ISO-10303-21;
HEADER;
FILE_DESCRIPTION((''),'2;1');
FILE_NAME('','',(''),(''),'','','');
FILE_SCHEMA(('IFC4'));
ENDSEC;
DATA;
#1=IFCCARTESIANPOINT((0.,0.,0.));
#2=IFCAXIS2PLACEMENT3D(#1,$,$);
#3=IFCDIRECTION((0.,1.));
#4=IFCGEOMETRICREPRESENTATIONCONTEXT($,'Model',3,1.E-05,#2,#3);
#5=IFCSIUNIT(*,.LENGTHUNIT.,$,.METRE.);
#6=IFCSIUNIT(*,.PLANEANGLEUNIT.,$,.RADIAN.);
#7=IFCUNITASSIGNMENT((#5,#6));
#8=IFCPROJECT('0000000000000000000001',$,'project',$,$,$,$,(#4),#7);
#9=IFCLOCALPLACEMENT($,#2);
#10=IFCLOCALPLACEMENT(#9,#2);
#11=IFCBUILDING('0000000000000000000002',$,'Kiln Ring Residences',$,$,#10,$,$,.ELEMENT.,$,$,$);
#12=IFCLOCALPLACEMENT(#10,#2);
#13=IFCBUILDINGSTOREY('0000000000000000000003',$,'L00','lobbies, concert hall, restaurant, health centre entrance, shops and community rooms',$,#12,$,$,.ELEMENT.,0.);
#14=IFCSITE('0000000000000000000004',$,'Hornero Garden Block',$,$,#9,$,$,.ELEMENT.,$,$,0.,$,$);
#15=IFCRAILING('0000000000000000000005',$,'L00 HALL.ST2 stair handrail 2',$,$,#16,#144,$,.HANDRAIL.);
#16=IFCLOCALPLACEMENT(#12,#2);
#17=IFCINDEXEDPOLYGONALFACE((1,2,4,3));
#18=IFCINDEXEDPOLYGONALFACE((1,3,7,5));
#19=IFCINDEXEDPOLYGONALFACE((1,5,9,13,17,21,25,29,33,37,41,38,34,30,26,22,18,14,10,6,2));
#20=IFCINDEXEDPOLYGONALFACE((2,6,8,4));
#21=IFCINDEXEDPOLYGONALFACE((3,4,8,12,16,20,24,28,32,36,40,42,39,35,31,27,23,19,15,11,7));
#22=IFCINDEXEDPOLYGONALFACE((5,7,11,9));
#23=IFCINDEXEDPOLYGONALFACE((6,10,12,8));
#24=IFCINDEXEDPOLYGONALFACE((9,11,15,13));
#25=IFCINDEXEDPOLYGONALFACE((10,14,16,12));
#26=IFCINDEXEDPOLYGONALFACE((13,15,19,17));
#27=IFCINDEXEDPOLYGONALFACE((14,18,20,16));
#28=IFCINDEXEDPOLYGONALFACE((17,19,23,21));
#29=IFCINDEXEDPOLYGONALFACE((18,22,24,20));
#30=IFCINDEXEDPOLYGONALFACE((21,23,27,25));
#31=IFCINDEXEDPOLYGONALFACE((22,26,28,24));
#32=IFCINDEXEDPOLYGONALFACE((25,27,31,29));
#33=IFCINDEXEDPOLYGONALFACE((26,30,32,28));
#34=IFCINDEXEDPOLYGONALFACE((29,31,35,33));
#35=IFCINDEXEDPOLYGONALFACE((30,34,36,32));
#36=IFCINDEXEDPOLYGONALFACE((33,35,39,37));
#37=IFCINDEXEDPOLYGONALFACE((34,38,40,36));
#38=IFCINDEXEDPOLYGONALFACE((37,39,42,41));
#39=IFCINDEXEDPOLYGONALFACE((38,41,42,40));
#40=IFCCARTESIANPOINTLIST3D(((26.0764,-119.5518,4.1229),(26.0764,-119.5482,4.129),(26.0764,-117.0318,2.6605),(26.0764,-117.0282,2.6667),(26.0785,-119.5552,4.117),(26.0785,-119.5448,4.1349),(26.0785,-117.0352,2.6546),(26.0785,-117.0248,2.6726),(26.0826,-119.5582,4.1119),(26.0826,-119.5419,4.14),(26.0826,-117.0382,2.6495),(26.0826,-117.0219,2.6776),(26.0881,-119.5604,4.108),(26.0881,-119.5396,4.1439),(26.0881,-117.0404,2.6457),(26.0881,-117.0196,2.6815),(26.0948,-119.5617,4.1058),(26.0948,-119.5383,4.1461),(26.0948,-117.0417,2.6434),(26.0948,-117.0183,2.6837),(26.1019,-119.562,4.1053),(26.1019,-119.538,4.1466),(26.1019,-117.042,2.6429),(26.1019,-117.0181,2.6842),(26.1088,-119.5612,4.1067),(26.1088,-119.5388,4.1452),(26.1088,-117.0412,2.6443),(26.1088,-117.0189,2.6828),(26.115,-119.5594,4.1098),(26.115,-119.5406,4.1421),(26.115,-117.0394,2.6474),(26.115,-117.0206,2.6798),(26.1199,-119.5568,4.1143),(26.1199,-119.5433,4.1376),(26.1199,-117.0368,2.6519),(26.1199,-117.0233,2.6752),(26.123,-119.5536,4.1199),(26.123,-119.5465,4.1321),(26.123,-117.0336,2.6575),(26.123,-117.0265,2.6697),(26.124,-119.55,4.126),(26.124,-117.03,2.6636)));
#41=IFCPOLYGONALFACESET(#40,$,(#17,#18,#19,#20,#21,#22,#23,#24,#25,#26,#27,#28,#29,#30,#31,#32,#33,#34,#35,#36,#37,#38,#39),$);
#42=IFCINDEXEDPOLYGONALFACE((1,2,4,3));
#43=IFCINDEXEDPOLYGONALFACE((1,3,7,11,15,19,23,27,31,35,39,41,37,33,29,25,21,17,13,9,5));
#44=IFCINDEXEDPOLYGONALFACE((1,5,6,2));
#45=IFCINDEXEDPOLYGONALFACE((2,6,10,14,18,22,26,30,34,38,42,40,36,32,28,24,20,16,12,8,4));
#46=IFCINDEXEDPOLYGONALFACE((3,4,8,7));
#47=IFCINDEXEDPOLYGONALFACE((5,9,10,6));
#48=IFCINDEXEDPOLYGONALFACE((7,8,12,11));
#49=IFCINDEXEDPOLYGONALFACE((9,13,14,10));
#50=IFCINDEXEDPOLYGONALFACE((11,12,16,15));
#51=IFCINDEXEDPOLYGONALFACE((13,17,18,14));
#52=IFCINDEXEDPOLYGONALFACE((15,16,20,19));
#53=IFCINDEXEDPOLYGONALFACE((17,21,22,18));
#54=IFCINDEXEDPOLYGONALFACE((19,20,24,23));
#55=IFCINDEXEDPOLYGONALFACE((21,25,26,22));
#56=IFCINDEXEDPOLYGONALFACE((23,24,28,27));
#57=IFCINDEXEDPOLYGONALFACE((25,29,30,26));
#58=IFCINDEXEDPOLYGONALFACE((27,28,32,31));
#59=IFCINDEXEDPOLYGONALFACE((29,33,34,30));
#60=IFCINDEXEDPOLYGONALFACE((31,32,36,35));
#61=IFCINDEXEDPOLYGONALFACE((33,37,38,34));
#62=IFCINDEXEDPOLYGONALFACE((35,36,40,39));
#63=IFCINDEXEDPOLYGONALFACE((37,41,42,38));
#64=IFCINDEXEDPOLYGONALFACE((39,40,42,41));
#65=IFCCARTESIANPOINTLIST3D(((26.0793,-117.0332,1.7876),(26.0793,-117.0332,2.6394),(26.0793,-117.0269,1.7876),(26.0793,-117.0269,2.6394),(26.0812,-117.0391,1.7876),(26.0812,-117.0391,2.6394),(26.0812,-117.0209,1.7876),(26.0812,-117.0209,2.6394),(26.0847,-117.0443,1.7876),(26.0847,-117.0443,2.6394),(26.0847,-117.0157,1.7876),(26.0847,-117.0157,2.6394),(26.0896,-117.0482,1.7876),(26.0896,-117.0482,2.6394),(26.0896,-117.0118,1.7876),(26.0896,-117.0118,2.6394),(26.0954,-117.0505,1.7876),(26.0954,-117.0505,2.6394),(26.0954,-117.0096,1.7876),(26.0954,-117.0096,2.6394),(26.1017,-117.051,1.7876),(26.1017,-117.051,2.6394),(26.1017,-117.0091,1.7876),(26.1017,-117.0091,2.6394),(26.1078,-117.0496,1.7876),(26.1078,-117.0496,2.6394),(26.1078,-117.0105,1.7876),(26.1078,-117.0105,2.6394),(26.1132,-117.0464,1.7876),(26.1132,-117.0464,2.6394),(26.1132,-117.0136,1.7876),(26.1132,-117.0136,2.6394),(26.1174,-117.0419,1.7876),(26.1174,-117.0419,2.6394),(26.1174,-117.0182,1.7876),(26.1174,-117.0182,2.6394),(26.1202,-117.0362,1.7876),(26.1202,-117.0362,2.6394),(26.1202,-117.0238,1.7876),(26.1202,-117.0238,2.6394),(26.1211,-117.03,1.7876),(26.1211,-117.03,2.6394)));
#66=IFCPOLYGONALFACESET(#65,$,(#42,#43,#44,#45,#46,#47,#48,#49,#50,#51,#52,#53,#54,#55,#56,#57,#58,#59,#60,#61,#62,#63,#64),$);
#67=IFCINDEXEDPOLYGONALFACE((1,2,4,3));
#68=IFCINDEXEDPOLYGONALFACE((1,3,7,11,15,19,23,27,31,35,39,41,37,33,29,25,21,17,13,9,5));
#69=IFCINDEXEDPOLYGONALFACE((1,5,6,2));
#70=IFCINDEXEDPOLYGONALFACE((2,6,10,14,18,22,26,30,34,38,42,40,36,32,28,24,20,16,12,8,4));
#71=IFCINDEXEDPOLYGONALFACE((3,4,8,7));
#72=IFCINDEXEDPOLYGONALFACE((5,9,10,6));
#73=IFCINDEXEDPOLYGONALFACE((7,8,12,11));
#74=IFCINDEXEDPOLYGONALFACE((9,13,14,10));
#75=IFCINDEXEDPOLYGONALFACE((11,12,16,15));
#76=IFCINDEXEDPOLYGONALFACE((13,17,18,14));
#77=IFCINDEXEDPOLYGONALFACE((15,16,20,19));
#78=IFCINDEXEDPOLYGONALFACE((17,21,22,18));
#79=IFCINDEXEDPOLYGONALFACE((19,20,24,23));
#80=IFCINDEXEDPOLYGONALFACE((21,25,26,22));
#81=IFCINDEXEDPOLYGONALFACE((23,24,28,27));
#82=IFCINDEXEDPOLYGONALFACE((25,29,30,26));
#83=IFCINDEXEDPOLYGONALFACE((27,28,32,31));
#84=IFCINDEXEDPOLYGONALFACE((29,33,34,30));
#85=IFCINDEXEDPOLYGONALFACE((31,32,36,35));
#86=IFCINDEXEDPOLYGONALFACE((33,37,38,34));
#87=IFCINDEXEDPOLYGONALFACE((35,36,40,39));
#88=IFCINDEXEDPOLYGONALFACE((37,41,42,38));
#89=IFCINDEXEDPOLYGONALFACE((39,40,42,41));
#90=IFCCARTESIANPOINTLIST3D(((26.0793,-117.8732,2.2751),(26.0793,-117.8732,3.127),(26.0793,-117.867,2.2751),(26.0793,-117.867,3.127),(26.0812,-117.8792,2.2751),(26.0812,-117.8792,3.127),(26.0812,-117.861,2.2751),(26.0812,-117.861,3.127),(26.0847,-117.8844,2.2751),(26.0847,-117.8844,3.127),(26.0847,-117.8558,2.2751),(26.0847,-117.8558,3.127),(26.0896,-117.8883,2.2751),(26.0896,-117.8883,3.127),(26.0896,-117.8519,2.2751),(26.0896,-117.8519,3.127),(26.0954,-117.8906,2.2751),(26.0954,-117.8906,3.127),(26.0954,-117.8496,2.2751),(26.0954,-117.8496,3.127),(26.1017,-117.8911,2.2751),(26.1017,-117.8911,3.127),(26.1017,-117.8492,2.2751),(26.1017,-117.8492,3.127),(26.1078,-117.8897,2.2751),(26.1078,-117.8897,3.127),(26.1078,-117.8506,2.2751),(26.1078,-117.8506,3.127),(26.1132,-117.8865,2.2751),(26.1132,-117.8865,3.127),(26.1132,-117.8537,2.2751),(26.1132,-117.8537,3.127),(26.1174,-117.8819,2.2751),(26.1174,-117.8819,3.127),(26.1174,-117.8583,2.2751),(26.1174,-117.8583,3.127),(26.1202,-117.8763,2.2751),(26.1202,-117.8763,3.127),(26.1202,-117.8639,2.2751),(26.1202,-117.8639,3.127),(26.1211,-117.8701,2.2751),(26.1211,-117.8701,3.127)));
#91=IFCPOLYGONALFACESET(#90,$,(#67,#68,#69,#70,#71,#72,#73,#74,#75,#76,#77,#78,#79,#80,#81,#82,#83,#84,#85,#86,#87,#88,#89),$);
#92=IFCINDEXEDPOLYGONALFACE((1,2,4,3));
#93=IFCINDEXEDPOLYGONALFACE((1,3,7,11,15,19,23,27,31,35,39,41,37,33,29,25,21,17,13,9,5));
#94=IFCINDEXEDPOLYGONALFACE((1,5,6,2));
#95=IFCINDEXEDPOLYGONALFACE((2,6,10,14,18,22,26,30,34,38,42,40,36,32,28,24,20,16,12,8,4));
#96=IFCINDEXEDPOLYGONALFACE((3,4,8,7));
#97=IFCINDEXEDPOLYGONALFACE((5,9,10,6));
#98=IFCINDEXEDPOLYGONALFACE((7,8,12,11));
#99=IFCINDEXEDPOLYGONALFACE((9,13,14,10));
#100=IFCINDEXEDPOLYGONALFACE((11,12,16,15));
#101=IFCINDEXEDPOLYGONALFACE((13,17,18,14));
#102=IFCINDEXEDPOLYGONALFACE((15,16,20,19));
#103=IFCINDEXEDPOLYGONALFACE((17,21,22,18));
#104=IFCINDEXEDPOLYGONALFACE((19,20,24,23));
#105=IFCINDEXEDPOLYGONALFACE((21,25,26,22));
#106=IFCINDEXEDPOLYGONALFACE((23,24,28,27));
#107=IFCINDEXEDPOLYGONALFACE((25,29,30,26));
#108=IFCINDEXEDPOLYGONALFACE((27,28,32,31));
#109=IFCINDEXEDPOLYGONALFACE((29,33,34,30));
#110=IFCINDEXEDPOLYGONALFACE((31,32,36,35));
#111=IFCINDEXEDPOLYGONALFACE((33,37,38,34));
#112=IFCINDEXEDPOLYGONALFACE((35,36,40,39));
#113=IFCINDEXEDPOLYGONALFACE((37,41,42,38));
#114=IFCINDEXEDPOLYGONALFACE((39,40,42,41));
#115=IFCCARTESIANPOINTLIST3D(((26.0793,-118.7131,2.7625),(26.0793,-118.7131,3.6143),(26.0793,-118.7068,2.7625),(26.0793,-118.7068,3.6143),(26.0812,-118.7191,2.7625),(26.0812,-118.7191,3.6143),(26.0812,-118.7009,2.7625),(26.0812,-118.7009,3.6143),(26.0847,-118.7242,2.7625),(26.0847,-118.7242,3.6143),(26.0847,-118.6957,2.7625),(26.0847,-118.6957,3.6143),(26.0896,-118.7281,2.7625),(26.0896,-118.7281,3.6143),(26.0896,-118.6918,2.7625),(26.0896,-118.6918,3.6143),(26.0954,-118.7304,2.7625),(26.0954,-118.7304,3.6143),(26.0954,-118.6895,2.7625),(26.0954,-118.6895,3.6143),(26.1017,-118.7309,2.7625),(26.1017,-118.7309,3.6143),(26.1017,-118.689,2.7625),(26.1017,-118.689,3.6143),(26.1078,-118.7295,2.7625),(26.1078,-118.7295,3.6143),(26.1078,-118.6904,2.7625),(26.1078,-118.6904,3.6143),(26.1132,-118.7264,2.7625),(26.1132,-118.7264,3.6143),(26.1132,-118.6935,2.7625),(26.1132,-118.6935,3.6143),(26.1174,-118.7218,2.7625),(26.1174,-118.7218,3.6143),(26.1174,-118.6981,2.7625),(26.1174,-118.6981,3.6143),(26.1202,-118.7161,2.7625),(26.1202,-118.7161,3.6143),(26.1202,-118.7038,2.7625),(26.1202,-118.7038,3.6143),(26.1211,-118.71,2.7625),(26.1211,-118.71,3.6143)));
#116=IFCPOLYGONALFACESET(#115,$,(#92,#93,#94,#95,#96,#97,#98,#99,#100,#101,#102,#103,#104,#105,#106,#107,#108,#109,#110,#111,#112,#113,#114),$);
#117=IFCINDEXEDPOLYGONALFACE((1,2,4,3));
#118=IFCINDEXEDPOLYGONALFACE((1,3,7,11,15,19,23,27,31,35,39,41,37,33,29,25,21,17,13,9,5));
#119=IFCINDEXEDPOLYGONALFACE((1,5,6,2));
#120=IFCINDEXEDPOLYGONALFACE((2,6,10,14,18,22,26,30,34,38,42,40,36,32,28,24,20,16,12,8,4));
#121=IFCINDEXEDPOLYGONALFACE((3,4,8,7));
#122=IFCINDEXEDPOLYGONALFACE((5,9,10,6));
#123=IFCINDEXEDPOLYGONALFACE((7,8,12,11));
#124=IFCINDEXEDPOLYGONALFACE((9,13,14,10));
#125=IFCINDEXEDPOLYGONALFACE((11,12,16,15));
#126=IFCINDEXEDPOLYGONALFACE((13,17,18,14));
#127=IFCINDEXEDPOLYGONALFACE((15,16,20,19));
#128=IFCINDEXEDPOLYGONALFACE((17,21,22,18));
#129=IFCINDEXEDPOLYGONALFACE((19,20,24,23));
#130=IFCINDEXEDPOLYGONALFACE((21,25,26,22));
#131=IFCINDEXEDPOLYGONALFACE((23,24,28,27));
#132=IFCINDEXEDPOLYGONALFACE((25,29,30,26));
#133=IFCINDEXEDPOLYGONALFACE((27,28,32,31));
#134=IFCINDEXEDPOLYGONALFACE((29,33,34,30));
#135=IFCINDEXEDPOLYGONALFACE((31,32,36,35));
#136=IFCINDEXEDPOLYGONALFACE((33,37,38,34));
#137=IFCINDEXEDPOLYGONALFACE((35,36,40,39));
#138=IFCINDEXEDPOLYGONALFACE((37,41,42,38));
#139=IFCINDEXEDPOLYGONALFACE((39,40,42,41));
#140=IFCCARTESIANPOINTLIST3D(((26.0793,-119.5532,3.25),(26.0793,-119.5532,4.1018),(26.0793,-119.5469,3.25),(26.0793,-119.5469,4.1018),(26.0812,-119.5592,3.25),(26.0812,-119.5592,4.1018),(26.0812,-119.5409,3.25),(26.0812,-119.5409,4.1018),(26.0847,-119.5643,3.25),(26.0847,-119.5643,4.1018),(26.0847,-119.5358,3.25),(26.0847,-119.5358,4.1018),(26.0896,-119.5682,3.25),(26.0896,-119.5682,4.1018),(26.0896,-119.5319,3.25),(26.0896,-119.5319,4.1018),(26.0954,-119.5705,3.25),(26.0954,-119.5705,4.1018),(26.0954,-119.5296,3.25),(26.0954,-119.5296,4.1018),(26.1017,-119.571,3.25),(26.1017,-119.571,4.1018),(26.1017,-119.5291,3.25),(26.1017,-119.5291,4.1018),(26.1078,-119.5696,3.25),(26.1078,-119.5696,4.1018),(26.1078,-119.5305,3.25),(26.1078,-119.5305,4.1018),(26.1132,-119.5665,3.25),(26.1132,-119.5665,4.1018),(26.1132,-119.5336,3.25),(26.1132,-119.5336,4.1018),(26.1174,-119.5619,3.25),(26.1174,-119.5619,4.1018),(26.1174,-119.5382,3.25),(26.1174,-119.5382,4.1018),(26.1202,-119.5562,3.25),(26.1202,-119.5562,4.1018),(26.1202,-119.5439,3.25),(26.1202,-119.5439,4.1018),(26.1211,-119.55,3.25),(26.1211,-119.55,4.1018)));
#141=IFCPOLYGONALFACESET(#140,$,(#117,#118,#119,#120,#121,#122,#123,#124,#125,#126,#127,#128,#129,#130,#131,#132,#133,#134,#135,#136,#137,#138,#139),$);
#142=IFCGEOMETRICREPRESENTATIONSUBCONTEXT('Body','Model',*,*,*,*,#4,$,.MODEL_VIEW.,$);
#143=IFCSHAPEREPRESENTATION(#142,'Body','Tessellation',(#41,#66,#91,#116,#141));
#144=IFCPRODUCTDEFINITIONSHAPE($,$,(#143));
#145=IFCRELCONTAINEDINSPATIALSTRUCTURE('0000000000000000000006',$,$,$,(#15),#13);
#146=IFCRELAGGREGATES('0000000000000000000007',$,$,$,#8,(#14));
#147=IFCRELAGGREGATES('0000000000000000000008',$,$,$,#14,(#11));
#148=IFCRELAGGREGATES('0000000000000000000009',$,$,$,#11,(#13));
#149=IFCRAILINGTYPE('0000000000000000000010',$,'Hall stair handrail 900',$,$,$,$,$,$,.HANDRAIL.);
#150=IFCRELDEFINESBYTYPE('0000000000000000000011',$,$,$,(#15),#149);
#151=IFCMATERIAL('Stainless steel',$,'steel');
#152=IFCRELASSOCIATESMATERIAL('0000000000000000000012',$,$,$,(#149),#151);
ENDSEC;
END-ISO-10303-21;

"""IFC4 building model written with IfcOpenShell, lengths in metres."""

from ifc_helpers import new_model, si_unit, direction, frame, origin, origin_2d, place, context, subcontext, project, spatial, circle, extrude, material, type_object, element, save


model = new_model("IFC4")

# Units and contexts
model_context = context("Model", 3, precision=1e-05, world=origin(), true_north=direction((0.0, 1.0)))
body_context = subcontext(model_context, "Body", "Model", "MODEL_VIEW")
ifc_project = project(units=[si_unit("LENGTHUNIT", "METRE"), si_unit("PLANEANGLEUNIT", "RADIAN")], contexts=[model_context])

# Site, building, storey
site_placement = place(None, origin())
site = spatial("IfcSite", under=ifc_project, at=site_placement, Name="Hornero Garden Block", CompositionType="ELEMENT", RefElevation=0.0)
building_placement = place(site_placement, origin())
building = spatial("IfcBuilding", under=site, at=building_placement, Name="Kiln Ring Residences", CompositionType="ELEMENT")
storey_placement = place(building_placement, origin())
storey = spatial("IfcBuildingStorey", under=building, at=storey_placement, Name="L00", Description="lobbies, concert hall, restaurant, health centre entrance, shops and community rooms", CompositionType="ELEMENT", Elevation=0.0)

# Railing
ifc_material_1 = material(Name="Stainless steel", Category="steel")
railing_type_1 = type_object("IfcRailingType", Name="Hall stair handrail 900", PredefinedType="HANDRAIL", material=ifc_material_1)
for number, where, name in (
    (1, (26.1001, -117.03, 1.7876), "L00 HALL.ST2 stair handrail 2"),
):
    element("IfcRailing", number, at=place(storey_placement, frame(where)), inside=storey, type_object=railing_type_1, Name=name, PredefinedType="HANDRAIL", context=body_context, shape_type="SweptSolid", body=[
        extrude(circle(Radius=0.0239, at=origin_2d()), frame((0.0, 0.0, 0.876), z_axis=(0.0, -0.864913, 0.501921), x_axis=(1.0, 0.0, 0.0)), (0.0, 0.0, 1.0), 2.9136),
        extrude(circle(Radius=0.021, at=origin_2d()), origin(), (0.0, 0.0, 1.0), 0.8518),
        extrude(circle(Radius=0.021, at=origin_2d()), frame((0.0, -0.8401, 0.4875)), (0.0, 0.0, 1.0), 0.8518),
        extrude(circle(Radius=0.021, at=origin_2d()), frame((0.0, -1.6799, 0.9749)), (0.0, 0.0, 1.0), 0.8518),
        extrude(circle(Radius=0.021, at=origin_2d()), frame((0.0, -2.52, 1.4624)), (0.0, 0.0, 1.0), 0.8518),
    ])

save(model, "model.ifc")
